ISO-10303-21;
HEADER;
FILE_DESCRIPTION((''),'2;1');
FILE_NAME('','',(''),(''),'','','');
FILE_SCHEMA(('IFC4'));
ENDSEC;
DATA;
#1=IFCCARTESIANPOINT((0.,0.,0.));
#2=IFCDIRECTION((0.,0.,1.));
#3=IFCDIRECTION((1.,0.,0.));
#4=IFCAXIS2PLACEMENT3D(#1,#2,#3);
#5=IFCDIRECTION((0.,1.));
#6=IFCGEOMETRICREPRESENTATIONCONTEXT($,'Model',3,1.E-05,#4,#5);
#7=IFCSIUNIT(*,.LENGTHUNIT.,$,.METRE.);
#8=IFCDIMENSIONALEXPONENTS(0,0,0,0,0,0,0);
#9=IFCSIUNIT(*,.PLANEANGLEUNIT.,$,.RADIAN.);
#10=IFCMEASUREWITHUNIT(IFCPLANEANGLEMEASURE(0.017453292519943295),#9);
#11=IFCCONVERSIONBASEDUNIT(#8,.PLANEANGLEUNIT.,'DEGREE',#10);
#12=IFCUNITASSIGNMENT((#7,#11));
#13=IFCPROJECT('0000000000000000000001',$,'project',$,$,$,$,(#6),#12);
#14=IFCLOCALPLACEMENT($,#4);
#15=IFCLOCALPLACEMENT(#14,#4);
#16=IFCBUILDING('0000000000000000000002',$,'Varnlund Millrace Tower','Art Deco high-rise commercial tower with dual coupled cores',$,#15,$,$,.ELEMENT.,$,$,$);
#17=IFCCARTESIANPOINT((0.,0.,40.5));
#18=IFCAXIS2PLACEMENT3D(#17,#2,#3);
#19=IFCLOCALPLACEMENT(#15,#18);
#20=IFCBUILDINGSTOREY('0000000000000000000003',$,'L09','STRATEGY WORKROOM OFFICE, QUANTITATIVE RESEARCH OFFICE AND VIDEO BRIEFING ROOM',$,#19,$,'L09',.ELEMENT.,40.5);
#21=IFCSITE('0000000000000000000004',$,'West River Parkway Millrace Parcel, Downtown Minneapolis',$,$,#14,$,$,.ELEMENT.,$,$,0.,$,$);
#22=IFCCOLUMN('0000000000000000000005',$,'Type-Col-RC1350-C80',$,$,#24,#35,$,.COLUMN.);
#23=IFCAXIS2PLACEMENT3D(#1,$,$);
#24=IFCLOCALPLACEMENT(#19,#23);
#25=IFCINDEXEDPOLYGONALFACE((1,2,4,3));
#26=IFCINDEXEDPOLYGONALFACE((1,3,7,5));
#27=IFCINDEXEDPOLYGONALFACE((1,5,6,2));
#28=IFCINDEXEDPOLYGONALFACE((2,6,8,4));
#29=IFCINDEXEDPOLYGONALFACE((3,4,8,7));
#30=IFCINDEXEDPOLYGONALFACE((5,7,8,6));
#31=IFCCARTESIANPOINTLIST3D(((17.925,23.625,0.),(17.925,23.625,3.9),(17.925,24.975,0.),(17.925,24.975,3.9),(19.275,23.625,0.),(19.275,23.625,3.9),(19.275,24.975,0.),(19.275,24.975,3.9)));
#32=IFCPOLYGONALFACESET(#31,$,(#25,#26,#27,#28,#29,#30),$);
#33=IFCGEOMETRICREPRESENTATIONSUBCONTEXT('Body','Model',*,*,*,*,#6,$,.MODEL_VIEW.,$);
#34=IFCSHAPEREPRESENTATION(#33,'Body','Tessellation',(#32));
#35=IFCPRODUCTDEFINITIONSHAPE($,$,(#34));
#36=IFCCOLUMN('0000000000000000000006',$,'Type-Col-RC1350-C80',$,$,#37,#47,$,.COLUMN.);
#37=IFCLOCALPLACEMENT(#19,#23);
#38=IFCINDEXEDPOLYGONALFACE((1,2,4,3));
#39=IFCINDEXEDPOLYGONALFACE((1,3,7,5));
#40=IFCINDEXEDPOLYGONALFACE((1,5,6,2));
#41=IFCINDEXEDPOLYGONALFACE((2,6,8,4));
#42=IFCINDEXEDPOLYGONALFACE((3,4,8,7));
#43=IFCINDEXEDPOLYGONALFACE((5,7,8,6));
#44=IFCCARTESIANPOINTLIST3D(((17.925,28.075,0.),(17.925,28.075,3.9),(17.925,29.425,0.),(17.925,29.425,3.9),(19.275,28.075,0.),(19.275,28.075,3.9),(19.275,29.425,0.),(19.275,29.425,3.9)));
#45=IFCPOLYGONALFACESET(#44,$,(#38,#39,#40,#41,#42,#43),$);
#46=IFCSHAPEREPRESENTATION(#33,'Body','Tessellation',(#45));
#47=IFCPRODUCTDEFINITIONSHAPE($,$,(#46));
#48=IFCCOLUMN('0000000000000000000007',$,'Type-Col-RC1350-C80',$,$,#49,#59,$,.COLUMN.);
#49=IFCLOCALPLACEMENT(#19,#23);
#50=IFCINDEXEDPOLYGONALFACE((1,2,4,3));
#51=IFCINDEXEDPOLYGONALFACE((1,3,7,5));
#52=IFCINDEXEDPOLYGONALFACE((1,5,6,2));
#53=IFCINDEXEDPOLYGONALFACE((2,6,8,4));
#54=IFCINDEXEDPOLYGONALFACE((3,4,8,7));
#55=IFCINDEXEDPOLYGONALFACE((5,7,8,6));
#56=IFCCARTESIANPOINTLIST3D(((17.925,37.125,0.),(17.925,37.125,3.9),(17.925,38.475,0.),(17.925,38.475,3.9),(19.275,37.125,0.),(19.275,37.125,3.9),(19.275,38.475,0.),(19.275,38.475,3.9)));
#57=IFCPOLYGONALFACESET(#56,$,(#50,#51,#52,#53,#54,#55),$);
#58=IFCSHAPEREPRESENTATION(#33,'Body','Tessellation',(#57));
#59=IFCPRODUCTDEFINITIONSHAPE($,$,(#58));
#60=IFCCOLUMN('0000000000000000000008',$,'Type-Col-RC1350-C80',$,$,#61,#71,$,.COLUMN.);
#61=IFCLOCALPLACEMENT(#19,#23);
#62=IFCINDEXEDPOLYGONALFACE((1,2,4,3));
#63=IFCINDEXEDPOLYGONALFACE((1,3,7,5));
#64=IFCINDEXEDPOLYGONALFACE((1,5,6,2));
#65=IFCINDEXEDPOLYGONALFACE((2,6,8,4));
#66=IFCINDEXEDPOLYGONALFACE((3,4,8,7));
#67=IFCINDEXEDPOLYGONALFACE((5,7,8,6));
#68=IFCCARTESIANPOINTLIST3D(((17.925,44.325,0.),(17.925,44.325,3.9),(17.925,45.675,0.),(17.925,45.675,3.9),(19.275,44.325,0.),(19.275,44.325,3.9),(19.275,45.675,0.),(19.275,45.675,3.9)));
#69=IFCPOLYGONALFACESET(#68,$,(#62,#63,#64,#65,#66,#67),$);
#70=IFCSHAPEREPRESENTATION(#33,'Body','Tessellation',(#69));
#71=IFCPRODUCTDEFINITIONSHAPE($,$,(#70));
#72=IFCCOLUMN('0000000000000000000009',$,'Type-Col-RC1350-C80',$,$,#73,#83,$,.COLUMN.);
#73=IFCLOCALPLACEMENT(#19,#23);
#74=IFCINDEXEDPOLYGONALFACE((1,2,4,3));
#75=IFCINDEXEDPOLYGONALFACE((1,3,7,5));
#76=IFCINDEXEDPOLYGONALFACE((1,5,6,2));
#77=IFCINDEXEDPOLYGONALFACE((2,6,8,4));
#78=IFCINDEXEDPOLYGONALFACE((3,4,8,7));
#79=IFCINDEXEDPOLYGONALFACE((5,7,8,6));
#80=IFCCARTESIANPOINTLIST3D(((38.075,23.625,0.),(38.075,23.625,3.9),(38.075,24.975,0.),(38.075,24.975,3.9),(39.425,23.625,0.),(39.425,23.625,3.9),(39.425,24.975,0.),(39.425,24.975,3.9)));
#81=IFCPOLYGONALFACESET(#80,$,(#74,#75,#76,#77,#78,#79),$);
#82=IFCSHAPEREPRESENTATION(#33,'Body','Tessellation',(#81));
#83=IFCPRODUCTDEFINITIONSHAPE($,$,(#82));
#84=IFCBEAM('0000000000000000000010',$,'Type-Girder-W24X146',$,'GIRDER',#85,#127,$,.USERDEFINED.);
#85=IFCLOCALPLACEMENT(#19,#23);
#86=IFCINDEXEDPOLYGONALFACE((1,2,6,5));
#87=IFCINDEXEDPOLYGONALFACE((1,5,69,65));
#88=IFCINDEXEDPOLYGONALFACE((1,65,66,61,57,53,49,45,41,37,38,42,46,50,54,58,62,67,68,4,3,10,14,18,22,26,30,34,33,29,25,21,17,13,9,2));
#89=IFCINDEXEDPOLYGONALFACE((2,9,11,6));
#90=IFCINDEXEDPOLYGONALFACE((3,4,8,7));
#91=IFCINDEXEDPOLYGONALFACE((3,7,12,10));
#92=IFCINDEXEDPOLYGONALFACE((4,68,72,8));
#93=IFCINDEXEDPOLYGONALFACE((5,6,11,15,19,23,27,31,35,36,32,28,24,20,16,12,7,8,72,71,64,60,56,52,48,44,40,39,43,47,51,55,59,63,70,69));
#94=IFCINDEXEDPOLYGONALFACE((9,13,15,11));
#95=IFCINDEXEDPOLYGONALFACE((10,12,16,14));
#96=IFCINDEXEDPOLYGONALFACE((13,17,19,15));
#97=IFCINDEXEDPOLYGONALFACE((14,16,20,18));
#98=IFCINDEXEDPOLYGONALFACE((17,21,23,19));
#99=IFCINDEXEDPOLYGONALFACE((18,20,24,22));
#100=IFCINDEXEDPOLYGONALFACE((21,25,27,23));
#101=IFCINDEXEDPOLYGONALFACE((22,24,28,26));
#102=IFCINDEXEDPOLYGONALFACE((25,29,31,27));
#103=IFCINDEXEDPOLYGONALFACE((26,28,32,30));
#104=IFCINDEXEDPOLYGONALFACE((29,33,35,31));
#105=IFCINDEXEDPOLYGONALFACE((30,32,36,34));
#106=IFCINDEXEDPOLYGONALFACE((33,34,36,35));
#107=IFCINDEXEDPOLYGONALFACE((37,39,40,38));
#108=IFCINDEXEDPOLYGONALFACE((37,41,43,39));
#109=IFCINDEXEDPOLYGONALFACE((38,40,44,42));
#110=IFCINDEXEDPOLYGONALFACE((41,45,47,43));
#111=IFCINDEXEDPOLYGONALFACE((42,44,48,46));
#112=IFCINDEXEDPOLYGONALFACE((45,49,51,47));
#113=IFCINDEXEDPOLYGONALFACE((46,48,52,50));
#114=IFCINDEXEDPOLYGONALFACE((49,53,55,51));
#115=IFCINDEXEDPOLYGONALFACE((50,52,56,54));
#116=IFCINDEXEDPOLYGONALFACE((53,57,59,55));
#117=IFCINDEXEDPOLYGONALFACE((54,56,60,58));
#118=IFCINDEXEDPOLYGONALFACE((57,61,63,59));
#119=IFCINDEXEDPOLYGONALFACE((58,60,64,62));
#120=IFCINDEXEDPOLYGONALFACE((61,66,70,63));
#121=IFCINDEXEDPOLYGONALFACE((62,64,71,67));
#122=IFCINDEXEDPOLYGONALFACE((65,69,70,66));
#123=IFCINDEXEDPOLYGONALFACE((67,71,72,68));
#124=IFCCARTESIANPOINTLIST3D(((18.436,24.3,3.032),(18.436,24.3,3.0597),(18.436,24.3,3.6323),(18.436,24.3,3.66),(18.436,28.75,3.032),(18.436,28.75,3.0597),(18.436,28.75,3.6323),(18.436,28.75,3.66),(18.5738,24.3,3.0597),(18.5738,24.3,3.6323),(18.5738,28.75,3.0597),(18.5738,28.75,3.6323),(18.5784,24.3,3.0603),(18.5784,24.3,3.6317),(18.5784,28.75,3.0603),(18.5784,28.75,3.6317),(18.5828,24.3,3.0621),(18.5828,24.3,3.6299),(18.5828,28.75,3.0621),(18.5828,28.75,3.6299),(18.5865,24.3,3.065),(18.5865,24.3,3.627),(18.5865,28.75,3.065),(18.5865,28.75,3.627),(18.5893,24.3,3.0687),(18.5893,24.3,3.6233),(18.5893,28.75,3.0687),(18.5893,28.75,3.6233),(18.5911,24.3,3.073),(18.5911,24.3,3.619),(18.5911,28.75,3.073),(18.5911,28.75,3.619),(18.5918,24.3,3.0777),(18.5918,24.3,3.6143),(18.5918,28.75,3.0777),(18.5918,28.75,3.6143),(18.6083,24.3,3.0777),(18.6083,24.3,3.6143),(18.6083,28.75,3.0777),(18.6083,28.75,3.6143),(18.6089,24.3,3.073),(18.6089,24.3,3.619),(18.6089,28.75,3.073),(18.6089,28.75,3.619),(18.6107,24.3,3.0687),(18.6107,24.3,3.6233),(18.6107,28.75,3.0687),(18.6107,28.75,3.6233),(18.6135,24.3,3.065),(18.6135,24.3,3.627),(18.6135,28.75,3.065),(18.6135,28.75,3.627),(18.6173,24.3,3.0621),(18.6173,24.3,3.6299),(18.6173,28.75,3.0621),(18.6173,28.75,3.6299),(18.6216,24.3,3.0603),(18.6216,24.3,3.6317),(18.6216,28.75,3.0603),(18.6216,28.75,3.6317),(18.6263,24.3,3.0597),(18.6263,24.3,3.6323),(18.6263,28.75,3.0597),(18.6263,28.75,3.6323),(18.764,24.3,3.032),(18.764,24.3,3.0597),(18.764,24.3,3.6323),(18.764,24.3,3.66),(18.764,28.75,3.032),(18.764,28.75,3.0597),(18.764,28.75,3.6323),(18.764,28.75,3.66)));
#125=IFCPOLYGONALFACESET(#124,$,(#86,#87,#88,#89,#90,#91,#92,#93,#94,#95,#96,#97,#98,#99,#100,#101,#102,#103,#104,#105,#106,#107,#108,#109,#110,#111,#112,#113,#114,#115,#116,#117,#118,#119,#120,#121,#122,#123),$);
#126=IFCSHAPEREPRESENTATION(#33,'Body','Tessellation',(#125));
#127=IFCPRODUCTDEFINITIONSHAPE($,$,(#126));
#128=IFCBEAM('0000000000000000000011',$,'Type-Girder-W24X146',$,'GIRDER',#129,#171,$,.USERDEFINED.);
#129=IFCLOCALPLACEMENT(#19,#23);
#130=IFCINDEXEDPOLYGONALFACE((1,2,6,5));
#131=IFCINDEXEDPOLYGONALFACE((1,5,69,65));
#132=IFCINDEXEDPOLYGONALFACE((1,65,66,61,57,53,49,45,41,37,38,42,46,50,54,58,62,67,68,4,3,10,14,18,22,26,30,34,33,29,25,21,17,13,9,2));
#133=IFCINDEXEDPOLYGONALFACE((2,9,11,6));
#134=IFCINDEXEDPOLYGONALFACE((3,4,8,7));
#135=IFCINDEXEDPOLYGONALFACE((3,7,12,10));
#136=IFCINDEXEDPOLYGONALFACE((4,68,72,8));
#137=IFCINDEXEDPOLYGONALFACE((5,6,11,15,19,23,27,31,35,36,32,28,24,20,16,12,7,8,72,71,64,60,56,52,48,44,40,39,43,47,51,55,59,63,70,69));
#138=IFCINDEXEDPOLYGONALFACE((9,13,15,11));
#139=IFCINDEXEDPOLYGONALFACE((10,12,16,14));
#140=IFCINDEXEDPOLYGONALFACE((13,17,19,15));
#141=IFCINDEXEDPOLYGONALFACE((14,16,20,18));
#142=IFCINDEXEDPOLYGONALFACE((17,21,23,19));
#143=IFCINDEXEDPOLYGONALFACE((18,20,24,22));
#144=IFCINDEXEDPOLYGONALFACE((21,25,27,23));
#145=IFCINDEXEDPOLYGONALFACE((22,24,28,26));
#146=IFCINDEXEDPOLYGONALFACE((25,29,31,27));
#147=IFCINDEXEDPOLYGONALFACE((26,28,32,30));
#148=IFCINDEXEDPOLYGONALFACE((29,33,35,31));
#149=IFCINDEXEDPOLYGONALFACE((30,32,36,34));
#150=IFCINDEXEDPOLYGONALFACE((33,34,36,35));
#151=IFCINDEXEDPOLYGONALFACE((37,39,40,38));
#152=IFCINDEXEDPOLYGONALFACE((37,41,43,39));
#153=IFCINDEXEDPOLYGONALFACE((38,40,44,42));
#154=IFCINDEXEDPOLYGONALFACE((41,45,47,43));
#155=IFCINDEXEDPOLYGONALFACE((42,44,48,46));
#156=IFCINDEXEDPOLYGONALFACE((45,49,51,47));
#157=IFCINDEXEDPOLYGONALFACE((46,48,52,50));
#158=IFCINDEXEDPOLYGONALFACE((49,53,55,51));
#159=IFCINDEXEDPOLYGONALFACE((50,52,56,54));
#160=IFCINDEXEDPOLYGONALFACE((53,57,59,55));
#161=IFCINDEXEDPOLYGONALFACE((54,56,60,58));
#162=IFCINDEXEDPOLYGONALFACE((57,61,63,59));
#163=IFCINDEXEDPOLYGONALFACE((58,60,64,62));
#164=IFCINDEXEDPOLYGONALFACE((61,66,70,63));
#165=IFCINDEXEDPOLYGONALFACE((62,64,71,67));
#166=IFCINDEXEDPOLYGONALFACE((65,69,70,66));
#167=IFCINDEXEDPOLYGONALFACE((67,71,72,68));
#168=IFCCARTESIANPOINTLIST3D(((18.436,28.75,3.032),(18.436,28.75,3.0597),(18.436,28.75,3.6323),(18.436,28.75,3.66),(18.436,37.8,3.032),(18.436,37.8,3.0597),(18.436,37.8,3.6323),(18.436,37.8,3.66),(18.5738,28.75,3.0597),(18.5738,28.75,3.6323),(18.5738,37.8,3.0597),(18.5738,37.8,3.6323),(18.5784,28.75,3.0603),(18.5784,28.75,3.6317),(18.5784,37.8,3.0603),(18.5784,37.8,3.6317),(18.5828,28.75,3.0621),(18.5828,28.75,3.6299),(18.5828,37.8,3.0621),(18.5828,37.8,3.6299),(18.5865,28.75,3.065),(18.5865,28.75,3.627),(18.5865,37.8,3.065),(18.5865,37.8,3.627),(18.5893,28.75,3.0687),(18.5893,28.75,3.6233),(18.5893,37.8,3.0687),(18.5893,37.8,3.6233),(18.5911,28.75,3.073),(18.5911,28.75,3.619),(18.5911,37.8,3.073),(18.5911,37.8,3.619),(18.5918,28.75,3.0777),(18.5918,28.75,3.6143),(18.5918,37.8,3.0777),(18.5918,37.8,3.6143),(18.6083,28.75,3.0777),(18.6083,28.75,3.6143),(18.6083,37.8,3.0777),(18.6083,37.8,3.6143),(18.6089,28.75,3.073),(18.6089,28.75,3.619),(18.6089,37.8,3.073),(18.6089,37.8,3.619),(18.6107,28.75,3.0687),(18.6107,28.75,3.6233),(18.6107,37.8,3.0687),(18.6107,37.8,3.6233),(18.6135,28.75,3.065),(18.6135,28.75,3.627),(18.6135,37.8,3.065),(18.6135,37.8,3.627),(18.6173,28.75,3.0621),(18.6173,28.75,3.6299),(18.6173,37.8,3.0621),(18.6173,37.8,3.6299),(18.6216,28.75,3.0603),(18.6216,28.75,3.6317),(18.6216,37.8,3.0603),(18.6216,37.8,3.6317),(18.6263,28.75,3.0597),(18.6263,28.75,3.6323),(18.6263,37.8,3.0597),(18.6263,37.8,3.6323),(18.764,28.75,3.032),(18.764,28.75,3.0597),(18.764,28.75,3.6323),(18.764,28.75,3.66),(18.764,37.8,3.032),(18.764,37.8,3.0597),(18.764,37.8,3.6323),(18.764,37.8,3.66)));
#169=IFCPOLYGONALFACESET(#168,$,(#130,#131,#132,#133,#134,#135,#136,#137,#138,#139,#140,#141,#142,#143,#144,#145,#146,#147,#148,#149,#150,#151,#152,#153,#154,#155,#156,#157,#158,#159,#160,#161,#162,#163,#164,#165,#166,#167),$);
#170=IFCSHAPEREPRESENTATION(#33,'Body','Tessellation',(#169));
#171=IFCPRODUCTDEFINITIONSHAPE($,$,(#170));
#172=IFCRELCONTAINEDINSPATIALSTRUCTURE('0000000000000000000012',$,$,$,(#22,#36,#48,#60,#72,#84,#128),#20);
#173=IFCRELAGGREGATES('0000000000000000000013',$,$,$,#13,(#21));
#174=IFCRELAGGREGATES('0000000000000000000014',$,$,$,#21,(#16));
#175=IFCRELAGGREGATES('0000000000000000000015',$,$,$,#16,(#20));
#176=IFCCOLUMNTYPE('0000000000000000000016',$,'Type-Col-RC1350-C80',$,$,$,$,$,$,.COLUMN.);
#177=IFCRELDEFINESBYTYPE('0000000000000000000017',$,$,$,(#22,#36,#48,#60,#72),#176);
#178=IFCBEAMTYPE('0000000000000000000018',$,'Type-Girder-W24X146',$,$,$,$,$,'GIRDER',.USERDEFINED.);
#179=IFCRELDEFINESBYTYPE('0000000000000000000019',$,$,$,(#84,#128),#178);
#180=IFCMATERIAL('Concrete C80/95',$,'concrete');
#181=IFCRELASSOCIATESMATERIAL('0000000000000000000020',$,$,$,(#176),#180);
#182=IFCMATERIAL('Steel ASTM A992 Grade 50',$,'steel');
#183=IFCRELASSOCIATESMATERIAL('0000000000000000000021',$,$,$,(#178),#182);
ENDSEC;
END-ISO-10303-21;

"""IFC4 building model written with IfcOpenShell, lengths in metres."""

from ifc_helpers import new_model, entity, si_unit, converted_unit, direction, frame, origin_with_axes, origin_2d_with_axis, place, context, subcontext, project, spatial, rectangle, i_section, extrude, material, material_profile, profile_set, type_object, element, save


model = new_model("IFC4")

# Units and contexts
model_context = context("Model", 3, precision=1e-05, world=origin_with_axes(), true_north=direction((0.0, 1.0)))
body_context = subcontext(model_context, "Body", "Model", "MODEL_VIEW")
ifc_project = project(units=[si_unit("LENGTHUNIT", "METRE"), converted_unit("PLANEANGLEUNIT", "DEGREE", entity("IfcPlaneAngleMeasure", 0.017453292519943295), si_unit("PLANEANGLEUNIT", "RADIAN"), dimensions=[0, 0, 0, 0, 0, 0, 0])], contexts=[model_context])

# Site, building, storey
site_placement = place(None, origin_with_axes())
site = spatial("IfcSite", under=ifc_project, at=site_placement, Name="West River Parkway Millrace Parcel, Downtown Minneapolis", CompositionType="ELEMENT", RefElevation=0.0)
building_placement = place(site_placement, origin_with_axes())
building = spatial("IfcBuilding", under=site, at=building_placement, Name="Varnlund Millrace Tower", Description="Art Deco high-rise commercial tower with dual coupled cores", CompositionType="ELEMENT")
storey_placement = place(building_placement, frame((0.0, 0.0, 40.5), z_axis=(0.0, 0.0, 1.0), x_axis=(1.0, 0.0, 0.0)))
storey = spatial("IfcBuildingStorey", under=building, at=storey_placement, Name="L09", Description="STRATEGY WORKROOM OFFICE, QUANTITATIVE RESEARCH OFFICE AND VIDEO BRIEFING ROOM", LongName="L09", CompositionType="ELEMENT", Elevation=40.5)

# Columns
ifc_material_1 = material(Name="Concrete C80/95", Category="concrete")
ifc_material_profile_1 = material_profile(ifc_material_1, rectangle(XDim=1.35, YDim=1.35, at=origin_2d_with_axis()), Name="Concrete C80/95")
ifc_profile_set_1 = profile_set([ifc_material_profile_1], Name="Concrete C80/95")
column_type = type_object("IfcColumnType", Name="Type-Col-RC1350-C80", PredefinedType="COLUMN", material=ifc_profile_set_1)
for number, where, z_axis, x_axis, name in (
    (1, (18.6, 24.3, 0.0), (0.0, 0.0, 1.0), (1.0, 0.0, 0.0), "Type-Col-RC1350-C80"),
    (2, (18.6, 28.75, 0.0), (0.0, 0.0, 1.0), (1.0, 0.0, 0.0), "Type-Col-RC1350-C80"),
    (3, (18.6, 37.8, 0.0), (0.0, 0.0, 1.0), (1.0, 0.0, 0.0), "Type-Col-RC1350-C80"),
    (4, (18.6, 45.0, 0.0), (0.0, 0.0, 1.0), (1.0, 0.0, 0.0), "Type-Col-RC1350-C80"),
    (5, (38.75, 24.3, 0.0), (0.0, 0.0, 1.0), (1.0, 0.0, 0.0), "Type-Col-RC1350-C80"),
):
    element("IfcColumn", number, at=place(storey_placement, frame(where, z_axis=z_axis, x_axis=x_axis)), inside=storey, type_object=column_type, Name=name, PredefinedType="COLUMN", context=body_context, shape_type="SweptSolid", body=[
        extrude(rectangle(XDim=1.35, YDim=1.35, at=origin_2d_with_axis()), origin_with_axes(), (0.0, 0.0, 1.0), 3.9),
    ])

# Beams
ifc_material_2 = material(Name="Steel ASTM A992 Grade 50", Category="steel")
ifc_material_profile_2 = material_profile(ifc_material_2, i_section(OverallWidth=0.328, OverallDepth=0.628, WebThickness=0.0165, FlangeThickness=0.0277, FilletRadius=0.018, at=origin_2d_with_axis()), Name="Steel ASTM A992 Grade 50")
ifc_profile_set_2 = profile_set([ifc_material_profile_2], Name="Steel ASTM A992 Grade 50")
beam_type_1 = type_object("IfcBeamType", Name="Type-Girder-W24X146", ElementType="GIRDER", PredefinedType="USERDEFINED", material=ifc_profile_set_2)
beam_1_placement = place(storey_placement, frame((18.6, 24.3, 3.346), z_axis=(0.0, 1.0, 0.0), x_axis=(-1.0, 0.0, 0.0)))
element("IfcBeam", 6, at=beam_1_placement, inside=storey, type_object=beam_type_1, Name="Type-Girder-W24X146", ObjectType="GIRDER", PredefinedType="USERDEFINED", context=body_context, shape_type="SweptSolid", body=[
    extrude(i_section(OverallWidth=0.328, OverallDepth=0.628, WebThickness=0.0165, FlangeThickness=0.0277, FilletRadius=0.018, at=origin_2d_with_axis()), origin_with_axes(), (0.0, 0.0, 1.0), 4.45),
])
beam_2_placement = place(storey_placement, frame((18.6, 28.75, 3.346), z_axis=(0.0, 1.0, 0.0), x_axis=(-1.0, 0.0, 0.0)))
element("IfcBeam", 7, at=beam_2_placement, inside=storey, type_object=beam_type_1, Name="Type-Girder-W24X146", ObjectType="GIRDER", PredefinedType="USERDEFINED", context=body_context, shape_type="SweptSolid", body=[
    extrude(i_section(OverallWidth=0.328, OverallDepth=0.628, WebThickness=0.0165, FlangeThickness=0.0277, FilletRadius=0.018, at=origin_2d_with_axis()), origin_with_axes(), (0.0, 0.0, 1.0), 9.05),
])

save(model, "model.ifc")
